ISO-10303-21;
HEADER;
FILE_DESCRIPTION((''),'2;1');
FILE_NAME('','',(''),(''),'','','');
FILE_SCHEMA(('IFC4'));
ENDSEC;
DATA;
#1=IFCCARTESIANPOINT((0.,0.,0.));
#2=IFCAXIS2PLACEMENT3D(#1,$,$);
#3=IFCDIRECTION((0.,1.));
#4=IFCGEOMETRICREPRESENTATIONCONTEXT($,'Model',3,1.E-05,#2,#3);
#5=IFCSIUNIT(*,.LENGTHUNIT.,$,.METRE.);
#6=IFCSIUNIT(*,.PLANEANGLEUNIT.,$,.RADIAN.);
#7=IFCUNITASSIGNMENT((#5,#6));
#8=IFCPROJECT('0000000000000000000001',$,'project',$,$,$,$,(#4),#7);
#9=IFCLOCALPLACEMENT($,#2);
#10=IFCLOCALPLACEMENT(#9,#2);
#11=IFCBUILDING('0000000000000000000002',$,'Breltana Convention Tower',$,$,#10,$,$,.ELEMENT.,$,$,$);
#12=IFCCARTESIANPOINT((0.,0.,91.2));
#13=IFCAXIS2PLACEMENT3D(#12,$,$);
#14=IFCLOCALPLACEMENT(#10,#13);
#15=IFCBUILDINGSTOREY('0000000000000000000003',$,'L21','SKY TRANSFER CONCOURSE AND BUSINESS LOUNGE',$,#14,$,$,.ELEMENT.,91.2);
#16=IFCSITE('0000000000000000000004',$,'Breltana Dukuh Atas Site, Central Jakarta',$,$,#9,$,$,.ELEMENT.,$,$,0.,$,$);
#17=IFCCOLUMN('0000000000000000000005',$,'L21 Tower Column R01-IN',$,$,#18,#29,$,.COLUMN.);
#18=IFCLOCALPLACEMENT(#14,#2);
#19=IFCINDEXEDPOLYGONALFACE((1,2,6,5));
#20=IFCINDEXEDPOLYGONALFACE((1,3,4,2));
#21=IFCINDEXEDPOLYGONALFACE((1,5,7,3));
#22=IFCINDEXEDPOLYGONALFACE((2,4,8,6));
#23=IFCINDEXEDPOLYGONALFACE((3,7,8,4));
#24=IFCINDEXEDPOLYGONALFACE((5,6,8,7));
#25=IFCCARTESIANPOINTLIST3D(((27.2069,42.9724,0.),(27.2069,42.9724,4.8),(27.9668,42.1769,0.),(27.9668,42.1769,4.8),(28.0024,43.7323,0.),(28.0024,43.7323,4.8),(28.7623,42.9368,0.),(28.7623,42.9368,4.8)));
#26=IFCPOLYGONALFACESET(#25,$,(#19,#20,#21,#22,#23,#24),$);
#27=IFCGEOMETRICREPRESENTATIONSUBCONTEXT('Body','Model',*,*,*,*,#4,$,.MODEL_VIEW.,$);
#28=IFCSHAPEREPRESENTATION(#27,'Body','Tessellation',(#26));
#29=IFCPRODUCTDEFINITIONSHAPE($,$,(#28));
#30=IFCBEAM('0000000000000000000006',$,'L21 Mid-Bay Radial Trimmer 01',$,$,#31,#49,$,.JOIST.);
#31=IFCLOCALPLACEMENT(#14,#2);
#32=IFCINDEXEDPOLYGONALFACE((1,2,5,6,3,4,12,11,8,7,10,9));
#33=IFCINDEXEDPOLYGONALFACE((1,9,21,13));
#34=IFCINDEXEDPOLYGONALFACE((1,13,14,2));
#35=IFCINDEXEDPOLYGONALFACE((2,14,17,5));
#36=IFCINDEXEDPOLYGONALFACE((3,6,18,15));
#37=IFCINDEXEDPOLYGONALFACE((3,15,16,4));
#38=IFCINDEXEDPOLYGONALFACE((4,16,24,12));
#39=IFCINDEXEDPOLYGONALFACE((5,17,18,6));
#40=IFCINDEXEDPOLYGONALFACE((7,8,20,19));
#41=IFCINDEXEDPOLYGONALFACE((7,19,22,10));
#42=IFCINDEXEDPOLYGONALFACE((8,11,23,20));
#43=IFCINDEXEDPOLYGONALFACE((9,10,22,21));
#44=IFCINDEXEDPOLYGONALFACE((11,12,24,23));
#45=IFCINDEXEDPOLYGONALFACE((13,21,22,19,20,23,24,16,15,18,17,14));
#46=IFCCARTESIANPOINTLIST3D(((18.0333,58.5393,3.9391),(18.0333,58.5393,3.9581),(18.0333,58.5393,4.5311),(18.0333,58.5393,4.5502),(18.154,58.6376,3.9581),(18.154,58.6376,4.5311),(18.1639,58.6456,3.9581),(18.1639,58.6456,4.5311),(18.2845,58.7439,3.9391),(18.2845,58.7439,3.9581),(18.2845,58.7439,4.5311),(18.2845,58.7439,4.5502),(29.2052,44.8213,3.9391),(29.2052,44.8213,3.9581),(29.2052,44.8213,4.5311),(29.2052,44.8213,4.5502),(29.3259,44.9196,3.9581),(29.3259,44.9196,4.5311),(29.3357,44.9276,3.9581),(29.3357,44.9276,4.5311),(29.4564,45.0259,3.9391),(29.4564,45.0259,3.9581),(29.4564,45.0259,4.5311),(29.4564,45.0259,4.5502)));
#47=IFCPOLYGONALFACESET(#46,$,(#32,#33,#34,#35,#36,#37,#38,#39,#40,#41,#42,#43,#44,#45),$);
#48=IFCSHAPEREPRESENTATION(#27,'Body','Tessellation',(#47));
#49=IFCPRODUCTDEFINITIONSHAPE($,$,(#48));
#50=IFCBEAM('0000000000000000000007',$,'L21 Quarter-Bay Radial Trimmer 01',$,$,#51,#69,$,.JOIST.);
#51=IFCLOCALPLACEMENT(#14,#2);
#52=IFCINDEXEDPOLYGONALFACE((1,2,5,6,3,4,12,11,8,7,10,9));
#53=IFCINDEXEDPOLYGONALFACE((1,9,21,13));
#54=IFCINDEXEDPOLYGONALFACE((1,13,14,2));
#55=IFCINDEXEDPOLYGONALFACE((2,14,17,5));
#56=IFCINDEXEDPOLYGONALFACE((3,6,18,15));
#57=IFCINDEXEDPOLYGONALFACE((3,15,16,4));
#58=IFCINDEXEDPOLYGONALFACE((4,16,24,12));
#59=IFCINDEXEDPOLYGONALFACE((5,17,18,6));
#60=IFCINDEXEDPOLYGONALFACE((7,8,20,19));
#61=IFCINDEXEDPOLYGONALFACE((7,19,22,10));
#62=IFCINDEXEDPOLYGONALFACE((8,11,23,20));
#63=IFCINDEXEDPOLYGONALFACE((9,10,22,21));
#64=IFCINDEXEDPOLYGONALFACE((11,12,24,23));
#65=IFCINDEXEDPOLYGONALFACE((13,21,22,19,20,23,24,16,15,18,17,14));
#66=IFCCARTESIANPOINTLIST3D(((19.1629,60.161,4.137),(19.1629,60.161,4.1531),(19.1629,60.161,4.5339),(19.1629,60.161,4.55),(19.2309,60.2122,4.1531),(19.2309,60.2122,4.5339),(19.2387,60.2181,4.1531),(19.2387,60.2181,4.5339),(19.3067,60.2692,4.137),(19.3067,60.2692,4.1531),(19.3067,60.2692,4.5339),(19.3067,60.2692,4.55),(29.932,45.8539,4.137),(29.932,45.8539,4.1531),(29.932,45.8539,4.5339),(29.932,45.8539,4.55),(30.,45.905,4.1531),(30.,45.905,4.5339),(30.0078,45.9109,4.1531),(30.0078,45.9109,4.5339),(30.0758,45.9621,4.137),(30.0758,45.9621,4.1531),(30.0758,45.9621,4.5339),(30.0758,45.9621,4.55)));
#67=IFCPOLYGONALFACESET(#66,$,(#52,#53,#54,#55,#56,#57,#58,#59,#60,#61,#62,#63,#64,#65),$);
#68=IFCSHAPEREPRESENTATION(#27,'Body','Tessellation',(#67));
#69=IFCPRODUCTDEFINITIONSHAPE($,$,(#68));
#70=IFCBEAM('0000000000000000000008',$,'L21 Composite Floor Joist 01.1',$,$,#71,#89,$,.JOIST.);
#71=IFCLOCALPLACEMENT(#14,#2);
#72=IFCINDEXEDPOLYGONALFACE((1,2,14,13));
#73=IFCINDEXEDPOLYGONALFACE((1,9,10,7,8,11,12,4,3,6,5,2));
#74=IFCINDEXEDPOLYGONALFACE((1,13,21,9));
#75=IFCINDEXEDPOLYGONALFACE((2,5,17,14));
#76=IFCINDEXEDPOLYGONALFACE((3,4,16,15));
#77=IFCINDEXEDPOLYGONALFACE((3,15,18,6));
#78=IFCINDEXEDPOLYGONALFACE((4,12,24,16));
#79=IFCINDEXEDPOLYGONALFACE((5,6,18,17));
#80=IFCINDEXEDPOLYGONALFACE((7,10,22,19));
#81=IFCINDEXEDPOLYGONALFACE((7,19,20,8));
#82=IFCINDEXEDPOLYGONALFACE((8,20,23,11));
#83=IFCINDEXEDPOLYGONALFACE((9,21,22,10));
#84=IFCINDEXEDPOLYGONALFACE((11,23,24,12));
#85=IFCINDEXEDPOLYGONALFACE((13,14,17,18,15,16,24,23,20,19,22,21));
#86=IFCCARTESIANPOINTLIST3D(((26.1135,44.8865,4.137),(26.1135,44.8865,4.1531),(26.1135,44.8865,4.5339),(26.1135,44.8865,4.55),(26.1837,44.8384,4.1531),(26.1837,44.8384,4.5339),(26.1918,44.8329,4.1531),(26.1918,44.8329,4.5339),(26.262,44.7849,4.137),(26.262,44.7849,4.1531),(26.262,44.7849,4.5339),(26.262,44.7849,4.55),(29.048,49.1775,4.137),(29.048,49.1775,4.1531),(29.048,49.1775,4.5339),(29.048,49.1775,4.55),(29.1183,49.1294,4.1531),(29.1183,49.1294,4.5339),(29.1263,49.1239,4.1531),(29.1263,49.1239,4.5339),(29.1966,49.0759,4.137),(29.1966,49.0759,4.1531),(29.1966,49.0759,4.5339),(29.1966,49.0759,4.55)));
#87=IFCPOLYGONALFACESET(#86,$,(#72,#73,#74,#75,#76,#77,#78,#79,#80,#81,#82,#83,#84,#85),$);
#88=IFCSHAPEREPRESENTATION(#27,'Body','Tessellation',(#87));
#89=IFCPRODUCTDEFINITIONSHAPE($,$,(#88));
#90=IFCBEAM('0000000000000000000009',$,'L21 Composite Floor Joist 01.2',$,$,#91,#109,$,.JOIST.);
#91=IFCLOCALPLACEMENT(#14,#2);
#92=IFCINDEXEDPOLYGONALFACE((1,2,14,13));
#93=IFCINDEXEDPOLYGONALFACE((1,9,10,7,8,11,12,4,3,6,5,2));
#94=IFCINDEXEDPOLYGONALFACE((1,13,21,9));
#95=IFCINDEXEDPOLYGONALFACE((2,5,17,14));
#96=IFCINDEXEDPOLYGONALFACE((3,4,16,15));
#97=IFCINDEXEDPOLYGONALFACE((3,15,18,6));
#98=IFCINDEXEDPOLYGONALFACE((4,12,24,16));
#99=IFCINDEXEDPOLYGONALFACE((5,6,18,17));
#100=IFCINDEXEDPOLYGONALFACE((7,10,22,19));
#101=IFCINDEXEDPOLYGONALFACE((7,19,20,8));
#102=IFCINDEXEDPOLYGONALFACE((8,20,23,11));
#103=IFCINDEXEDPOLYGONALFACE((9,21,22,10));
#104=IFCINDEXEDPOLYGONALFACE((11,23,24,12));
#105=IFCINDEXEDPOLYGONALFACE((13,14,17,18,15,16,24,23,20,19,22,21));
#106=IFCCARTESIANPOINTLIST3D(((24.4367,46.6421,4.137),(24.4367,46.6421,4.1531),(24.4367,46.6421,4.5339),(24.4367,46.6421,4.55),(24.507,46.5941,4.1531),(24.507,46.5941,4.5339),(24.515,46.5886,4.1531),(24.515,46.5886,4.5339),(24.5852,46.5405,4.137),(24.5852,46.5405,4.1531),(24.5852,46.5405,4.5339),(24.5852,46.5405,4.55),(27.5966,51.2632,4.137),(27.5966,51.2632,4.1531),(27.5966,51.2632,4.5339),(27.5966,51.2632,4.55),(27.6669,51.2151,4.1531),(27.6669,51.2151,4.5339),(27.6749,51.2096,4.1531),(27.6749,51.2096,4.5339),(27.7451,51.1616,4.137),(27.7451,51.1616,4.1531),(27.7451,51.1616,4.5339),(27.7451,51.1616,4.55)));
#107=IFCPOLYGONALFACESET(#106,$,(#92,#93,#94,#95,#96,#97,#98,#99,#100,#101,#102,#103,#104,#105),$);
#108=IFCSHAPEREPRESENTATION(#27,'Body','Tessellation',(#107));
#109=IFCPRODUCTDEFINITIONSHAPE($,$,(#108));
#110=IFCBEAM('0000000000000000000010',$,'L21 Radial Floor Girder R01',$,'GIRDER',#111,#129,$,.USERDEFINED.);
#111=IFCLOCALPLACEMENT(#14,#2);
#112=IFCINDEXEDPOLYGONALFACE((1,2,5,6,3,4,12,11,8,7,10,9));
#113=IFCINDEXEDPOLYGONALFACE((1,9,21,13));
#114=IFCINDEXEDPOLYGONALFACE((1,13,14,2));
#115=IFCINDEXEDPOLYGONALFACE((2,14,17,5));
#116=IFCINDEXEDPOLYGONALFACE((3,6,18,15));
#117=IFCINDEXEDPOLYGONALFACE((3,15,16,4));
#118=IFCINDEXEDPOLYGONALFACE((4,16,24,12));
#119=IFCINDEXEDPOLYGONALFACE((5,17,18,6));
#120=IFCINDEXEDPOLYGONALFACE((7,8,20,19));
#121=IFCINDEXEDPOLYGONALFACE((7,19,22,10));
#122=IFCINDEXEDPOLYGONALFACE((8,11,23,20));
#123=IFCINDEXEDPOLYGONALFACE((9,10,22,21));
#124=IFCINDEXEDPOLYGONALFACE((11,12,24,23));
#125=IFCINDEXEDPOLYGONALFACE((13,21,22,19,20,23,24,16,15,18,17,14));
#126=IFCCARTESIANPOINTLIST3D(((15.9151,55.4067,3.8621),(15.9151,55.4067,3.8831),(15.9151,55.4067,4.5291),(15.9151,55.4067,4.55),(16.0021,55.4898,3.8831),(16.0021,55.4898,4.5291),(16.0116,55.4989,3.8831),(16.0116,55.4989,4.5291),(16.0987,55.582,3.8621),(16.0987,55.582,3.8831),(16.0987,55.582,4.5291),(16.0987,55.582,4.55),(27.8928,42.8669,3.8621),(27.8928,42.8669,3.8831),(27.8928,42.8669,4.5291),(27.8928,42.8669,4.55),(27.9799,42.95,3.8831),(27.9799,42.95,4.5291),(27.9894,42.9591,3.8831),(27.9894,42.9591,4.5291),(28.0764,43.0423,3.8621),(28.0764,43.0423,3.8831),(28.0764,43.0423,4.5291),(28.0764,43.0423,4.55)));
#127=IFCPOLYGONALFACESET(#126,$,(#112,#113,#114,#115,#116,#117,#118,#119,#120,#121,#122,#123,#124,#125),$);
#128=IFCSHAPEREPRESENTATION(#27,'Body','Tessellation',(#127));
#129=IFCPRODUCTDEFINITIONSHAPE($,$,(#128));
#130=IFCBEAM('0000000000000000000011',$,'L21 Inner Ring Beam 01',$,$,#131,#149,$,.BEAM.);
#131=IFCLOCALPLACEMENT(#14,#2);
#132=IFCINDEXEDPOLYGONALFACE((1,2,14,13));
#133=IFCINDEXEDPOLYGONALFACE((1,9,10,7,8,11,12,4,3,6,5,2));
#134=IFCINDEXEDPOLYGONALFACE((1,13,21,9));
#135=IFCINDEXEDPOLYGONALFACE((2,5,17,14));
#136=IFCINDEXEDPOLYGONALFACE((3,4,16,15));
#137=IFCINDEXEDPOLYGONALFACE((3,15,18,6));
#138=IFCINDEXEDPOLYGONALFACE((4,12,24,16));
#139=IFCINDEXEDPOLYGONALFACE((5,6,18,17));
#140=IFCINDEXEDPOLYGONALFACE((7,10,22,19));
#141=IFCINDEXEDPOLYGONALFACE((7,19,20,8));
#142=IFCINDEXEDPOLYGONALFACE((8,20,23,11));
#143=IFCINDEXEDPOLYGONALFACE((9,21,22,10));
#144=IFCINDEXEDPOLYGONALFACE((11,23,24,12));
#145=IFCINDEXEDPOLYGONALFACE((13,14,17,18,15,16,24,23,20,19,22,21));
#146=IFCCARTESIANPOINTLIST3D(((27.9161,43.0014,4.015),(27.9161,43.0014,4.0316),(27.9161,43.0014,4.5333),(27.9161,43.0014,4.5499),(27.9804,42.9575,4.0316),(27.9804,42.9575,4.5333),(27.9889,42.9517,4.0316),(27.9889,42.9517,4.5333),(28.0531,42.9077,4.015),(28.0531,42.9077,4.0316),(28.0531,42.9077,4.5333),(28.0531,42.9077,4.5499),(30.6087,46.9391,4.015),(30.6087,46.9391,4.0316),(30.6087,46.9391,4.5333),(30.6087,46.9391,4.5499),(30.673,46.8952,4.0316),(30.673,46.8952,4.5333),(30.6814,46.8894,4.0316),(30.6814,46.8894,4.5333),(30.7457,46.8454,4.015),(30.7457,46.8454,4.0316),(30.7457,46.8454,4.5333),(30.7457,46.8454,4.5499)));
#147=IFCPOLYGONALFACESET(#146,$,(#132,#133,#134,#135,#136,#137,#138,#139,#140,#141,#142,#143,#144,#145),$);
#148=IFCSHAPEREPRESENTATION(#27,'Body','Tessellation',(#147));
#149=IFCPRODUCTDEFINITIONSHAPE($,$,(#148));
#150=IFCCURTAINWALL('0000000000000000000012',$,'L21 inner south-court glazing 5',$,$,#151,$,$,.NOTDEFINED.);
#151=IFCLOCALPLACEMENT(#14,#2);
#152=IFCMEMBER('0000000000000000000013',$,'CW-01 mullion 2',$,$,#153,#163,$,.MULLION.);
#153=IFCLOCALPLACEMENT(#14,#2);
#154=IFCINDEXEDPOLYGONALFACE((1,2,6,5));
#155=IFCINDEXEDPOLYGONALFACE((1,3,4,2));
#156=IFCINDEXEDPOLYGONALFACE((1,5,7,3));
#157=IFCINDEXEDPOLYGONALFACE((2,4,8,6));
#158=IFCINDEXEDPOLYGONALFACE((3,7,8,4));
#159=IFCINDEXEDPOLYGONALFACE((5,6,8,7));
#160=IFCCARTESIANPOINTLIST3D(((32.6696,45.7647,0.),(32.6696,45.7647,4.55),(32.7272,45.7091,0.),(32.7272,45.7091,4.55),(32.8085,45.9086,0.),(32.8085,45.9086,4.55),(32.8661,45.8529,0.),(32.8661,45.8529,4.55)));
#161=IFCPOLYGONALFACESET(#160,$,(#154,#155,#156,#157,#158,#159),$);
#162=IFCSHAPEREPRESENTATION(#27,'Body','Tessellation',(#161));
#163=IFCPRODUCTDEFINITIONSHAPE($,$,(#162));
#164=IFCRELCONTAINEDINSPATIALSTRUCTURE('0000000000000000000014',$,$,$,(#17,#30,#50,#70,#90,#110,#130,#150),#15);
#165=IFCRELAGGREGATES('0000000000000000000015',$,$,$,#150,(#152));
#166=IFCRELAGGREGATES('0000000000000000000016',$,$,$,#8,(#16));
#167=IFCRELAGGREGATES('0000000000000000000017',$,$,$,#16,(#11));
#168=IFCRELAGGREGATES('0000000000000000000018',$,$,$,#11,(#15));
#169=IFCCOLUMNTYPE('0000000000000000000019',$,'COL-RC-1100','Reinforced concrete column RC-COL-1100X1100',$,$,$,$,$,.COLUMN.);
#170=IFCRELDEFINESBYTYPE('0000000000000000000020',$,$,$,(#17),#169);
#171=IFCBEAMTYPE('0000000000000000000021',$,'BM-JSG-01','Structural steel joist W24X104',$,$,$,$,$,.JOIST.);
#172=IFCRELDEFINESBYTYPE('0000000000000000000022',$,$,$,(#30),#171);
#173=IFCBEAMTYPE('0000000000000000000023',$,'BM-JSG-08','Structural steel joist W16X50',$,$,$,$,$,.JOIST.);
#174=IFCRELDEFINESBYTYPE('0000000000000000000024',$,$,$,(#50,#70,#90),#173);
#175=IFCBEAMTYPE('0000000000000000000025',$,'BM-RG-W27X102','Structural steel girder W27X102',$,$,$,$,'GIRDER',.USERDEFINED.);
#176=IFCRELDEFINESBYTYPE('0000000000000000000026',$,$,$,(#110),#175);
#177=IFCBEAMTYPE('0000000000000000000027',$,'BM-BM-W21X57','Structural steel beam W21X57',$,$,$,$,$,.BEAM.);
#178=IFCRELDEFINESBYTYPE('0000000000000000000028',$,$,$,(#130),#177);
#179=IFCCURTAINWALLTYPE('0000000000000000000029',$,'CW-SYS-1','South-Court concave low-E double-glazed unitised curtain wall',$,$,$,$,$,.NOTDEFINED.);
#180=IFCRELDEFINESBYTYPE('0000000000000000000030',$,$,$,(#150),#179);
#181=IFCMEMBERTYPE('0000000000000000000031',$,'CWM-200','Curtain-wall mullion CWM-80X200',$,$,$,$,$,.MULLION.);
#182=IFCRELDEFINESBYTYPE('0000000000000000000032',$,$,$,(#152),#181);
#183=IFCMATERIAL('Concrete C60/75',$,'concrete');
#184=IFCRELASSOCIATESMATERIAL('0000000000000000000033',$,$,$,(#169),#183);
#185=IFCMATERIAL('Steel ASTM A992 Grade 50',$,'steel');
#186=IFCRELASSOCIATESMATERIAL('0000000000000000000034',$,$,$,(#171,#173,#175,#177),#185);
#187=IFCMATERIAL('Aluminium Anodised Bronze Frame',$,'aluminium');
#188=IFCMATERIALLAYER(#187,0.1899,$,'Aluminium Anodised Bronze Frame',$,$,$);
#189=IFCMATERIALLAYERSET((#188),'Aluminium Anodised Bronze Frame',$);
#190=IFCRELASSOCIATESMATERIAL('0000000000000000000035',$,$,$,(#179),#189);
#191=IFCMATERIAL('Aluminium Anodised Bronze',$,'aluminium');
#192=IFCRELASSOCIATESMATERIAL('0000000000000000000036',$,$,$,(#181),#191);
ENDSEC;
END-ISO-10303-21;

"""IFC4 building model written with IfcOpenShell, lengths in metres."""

from ifc_helpers import new_model, si_unit, direction, frame, origin, origin_2d, place, context, subcontext, project, spatial, rectangle, i_section, extrude, source, transform, mapped, material, layer, layer_set, material_profile, profile_set, type_object, type_shapes, element, aggregate, save


model = new_model("IFC4")

# Units and contexts
model_context = context("Model", 3, precision=1e-05, world=origin(), true_north=direction((0.0, 1.0)))
body_context = subcontext(model_context, "Body", "Model", "MODEL_VIEW")
ifc_project = project(units=[si_unit("LENGTHUNIT", "METRE"), si_unit("PLANEANGLEUNIT", "RADIAN")], contexts=[model_context])

# Site, building, storey
site_placement = place(None, origin())
site = spatial("IfcSite", under=ifc_project, at=site_placement, Name="Breltana Dukuh Atas Site, Central Jakarta", CompositionType="ELEMENT", RefElevation=0.0)
building_placement = place(site_placement, origin())
building = spatial("IfcBuilding", under=site, at=building_placement, Name="Breltana Convention Tower", CompositionType="ELEMENT")
storey_placement = place(building_placement, frame((0.0, 0.0, 91.2)))
storey = spatial("IfcBuildingStorey", under=building, at=storey_placement, Name="L21", Description="SKY TRANSFER CONCOURSE AND BUSINESS LOUNGE", CompositionType="ELEMENT", Elevation=91.2)

# Column
ifc_material_1 = material(Name="Concrete C60/75", Category="concrete")
ifc_material_profile_1 = material_profile(ifc_material_1, rectangle(XDim=1.1001, YDim=1.1001, at=origin_2d()), Name="RC-COL-1100X1100")
ifc_profile_set_1 = profile_set([ifc_material_profile_1], Name="Concrete C60/75")
column_type = type_object("IfcColumnType", Name="COL-RC-1100", Description="Reinforced concrete column RC-COL-1100X1100", PredefinedType="COLUMN", material=ifc_profile_set_1)
shared_shape_1 = source(origin(), body_context, "Body", "SweptSolid", [
    extrude(rectangle(XDim=1.1001, YDim=1.1001, at=origin_2d()), origin(), (0.0, 0.0, 1.0), 4.8),
])
column_placement = place(storey_placement, frame((27.9846, 42.9546, 0.0), z_axis=(0.0, 0.0, 1.0), x_axis=(-0.690756, 0.723088, 0.0)))
element("IfcColumn", 1, at=column_placement, inside=storey, type_object=column_type, Name="L21 Tower Column R01-IN", PredefinedType="COLUMN", context=body_context, shape_type="MappedRepresentation", body=[
    mapped(shared_shape_1, transform((0.0, 0.0, 0.0), scale=1.0)),
])

# Beams
ifc_material_2 = material(Name="Steel ASTM A992 Grade 50", Category="steel")
ifc_material_profile_2 = material_profile(ifc_material_2, i_section(OverallWidth=0.324, OverallDepth=0.6111, WebThickness=0.0127, FlangeThickness=0.019, at=origin_2d()), Name="W24X104")
ifc_profile_set_2 = profile_set([ifc_material_profile_2], Name="Steel ASTM A992 Grade 50")
beam_type_1 = type_object("IfcBeamType", Name="BM-JSG-01", Description="Structural steel joist W24X104", PredefinedType="JOIST", material=ifc_profile_set_2)
shared_shape_2 = source(origin(), body_context, "Body", "SweptSolid", [
    extrude(i_section(OverallWidth=0.324, OverallDepth=0.6111, WebThickness=0.0127, FlangeThickness=0.019, at=origin_2d()), origin(), (0.0, 0.0, 1.0), 17.6917),
])
type_shapes(beam_type_1, [shared_shape_2])
beam_1_placement = place(storey_placement, frame((29.3308, 44.9236, 4.2446), z_axis=(-0.631477, 0.775395, 0.0), x_axis=(-0.775395, -0.631477, 0.0)))
element("IfcBeam", 2, at=beam_1_placement, inside=storey, type_object=beam_type_1, Name="L21 Mid-Bay Radial Trimmer 01", PredefinedType="JOIST", context=body_context, shape_type="MappedRepresentation", body=[
    mapped(shared_shape_2, transform((0.0, 0.0, 0.0), scale=1.0)),
])
ifc_material_profile_3 = material_profile(ifc_material_2, i_section(OverallWidth=0.1799, OverallDepth=0.4131, WebThickness=0.0098, FlangeThickness=0.0161, at=origin_2d()), Name="W16X50")
ifc_profile_set_3 = profile_set([ifc_material_profile_3], Name="Steel ASTM A992 Grade 50")
beam_type_2 = type_object("IfcBeamType", Name="BM-JSG-08", Description="Structural steel joist W16X50", PredefinedType="JOIST", material=ifc_profile_set_3)
shared_shape_3 = source(origin(), body_context, "Body", "SweptSolid", [
    extrude(i_section(OverallWidth=0.1799, OverallDepth=0.4131, WebThickness=0.0098, FlangeThickness=0.0161, at=origin_2d()), origin(), (0.0, 0.0, 1.0), 17.9072),
])
beam_2_placement = place(storey_placement, frame((30.0039, 45.908, 4.3435), z_axis=(-0.601382, 0.798962, 0.0), x_axis=(-0.798962, -0.601382, 0.0)))
element("IfcBeam", 3, at=beam_2_placement, inside=storey, type_object=beam_type_2, Name="L21 Quarter-Bay Radial Trimmer 01", PredefinedType="JOIST", context=body_context, shape_type="MappedRepresentation", body=[
    mapped(shared_shape_3, transform((0.0, 0.0, 0.0), scale=1.0)),
])
shared_shape_4 = source(origin(), body_context, "Body", "SweptSolid", [
    extrude(i_section(OverallWidth=0.1799, OverallDepth=0.4131, WebThickness=0.0098, FlangeThickness=0.0161, at=origin_2d()), origin(), (0.0, 0.0, 1.0), 5.1985),
])
beam_3_placement = place(storey_placement, frame((26.1877, 44.8357, 4.3435), z_axis=(0.564502, 0.825432, 0.0), x_axis=(-0.825432, 0.564502, 0.0)))
element("IfcBeam", 4, at=beam_3_placement, inside=storey, type_object=beam_type_2, Name="L21 Composite Floor Joist 01.1", PredefinedType="JOIST", context=body_context, shape_type="MappedRepresentation", body=[
    mapped(shared_shape_4, transform((0.0, 0.0, 0.0), scale=1.0)),
])
shared_shape_5 = source(origin(), body_context, "Body", "SweptSolid", [
    extrude(i_section(OverallWidth=0.1799, OverallDepth=0.4131, WebThickness=0.0098, FlangeThickness=0.0161, at=origin_2d()), origin(), (0.0, 0.0, 1.0), 5.5981),
])
beam_4_placement = place(storey_placement, frame((24.511, 46.5913, 4.3435), z_axis=(0.564454, 0.825464, 0.0), x_axis=(-0.825464, 0.564454, 0.0)))
element("IfcBeam", 5, at=beam_4_placement, inside=storey, type_object=beam_type_2, Name="L21 Composite Floor Joist 01.2", PredefinedType="JOIST", context=body_context, shape_type="MappedRepresentation", body=[
    mapped(shared_shape_5, transform((0.0, 0.0, 0.0), scale=1.0)),
])
ifc_material_profile_4 = material_profile(ifc_material_2, i_section(OverallWidth=0.2539, OverallDepth=0.688, WebThickness=0.0132, FlangeThickness=0.021, at=origin_2d()), Name="W27X102")
ifc_profile_set_4 = profile_set([ifc_material_profile_4], Name="Steel ASTM A992 Grade 50")
beam_type_3 = type_object("IfcBeamType", Name="BM-RG-W27X102", Description="Structural steel girder W27X102", ElementType="GIRDER", PredefinedType="USERDEFINED", material=ifc_profile_set_4)
shared_shape_6 = source(origin(), body_context, "Body", "SweptSolid", [
    extrude(i_section(OverallWidth=0.2539, OverallDepth=0.688, WebThickness=0.0132, FlangeThickness=0.021, at=origin_2d()), origin(), (0.0, 0.0, 1.0), 17.3411),
])
type_shapes(beam_type_3, [shared_shape_6])
beam_5_placement = place(storey_placement, frame((27.9846, 42.9546, 4.2061), z_axis=(-0.690716, 0.723126, 0.0), x_axis=(-0.723126, -0.690716, 0.0)))
element("IfcBeam", 6, at=beam_5_placement, inside=storey, type_object=beam_type_3, Name="L21 Radial Floor Girder R01", ObjectType="GIRDER", PredefinedType="USERDEFINED", context=body_context, shape_type="MappedRepresentation", body=[
    mapped(shared_shape_6, transform((0.0, 0.0, 0.0), scale=1.0)),
])
ifc_material_profile_5 = material_profile(ifc_material_2, i_section(OverallWidth=0.166, OverallDepth=0.5349, WebThickness=0.0103, FlangeThickness=0.0166, at=origin_2d()), Name="W21X57")
ifc_profile_set_5 = profile_set([ifc_material_profile_5], Name="Steel ASTM A992 Grade 50")
beam_type_4 = type_object("IfcBeamType", Name="BM-BM-W21X57", Description="Structural steel beam W21X57", PredefinedType="BEAM", material=ifc_profile_set_5)
shared_shape_7 = source(origin(), body_context, "Body", "SweptSolid", [
    extrude(i_section(OverallWidth=0.166, OverallDepth=0.5349, WebThickness=0.0103, FlangeThickness=0.0166, at=origin_2d()), origin(), (0.0, 0.0, 1.0), 4.7703),
])
beam_6_placement = place(storey_placement, frame((27.9846, 42.9546, 4.2825), z_axis=(0.564453, 0.825465, 0.0), x_axis=(-0.825465, 0.564453, 0.0)))
element("IfcBeam", 7, at=beam_6_placement, inside=storey, type_object=beam_type_4, Name="L21 Inner Ring Beam 01", PredefinedType="BEAM", context=body_context, shape_type="MappedRepresentation", body=[
    mapped(shared_shape_7, transform((0.0, 0.0, 0.0), scale=1.0)),
])

# Curtain wall, member
ifc_material_3 = material(Name="Aluminium Anodised Bronze Frame", Category="aluminium")
ifc_layer_1 = layer(ifc_material_3, 0.1899, Name="Aluminium Anodised Bronze Frame")
ifc_layer_set_1 = layer_set([ifc_layer_1], Name="Aluminium Anodised Bronze Frame")
curtain_wall_type = type_object("IfcCurtainWallType", Name="CW-SYS-1", Description="South-Court concave low-E double-glazed unitised curtain wall", PredefinedType="NOTDEFINED", material=ifc_layer_set_1)
curtain_wall_placement = place(storey_placement, origin())
curtain_wall = element("IfcCurtainWall", 8, at=curtain_wall_placement, inside=storey, type_object=curtain_wall_type, Name="L21 inner south-court glazing 5", PredefinedType="NOTDEFINED")
ifc_material_4 = material(Name="Aluminium Anodised Bronze", Category="aluminium")
ifc_material_profile_6 = material_profile(ifc_material_4, rectangle(XDim=0.0801, YDim=0.2, at=origin_2d()), Name="CWM-80X200")
ifc_profile_set_6 = profile_set([ifc_material_profile_6], Name="Aluminium Anodised Bronze")
member_type = type_object("IfcMemberType", Name="CWM-200", Description="Curtain-wall mullion CWM-80X200", PredefinedType="MULLION", material=ifc_profile_set_6)
shared_shape_8 = source(origin(), body_context, "Body", "SweptSolid", [
    extrude(rectangle(XDim=0.0801, YDim=0.2, at=origin_2d()), origin(), (0.0, 0.0, 1.0), 4.55),
])
member_placement = place(storey_placement, frame((32.7678, 45.8088, 0.0), z_axis=(0.0, 0.0, 1.0), x_axis=(0.719387, -0.694609, 0.0)))
member = element("IfcMember", 9, at=member_placement, type_object=member_type, Name="CW-01 mullion 2", PredefinedType="MULLION", context=body_context, shape_type="MappedRepresentation", body=[
    mapped(shared_shape_8, transform((0.0, 0.0, 0.0), scale=1.0)),
])
aggregate(curtain_wall, [member])

save(model, "model.ifc")
